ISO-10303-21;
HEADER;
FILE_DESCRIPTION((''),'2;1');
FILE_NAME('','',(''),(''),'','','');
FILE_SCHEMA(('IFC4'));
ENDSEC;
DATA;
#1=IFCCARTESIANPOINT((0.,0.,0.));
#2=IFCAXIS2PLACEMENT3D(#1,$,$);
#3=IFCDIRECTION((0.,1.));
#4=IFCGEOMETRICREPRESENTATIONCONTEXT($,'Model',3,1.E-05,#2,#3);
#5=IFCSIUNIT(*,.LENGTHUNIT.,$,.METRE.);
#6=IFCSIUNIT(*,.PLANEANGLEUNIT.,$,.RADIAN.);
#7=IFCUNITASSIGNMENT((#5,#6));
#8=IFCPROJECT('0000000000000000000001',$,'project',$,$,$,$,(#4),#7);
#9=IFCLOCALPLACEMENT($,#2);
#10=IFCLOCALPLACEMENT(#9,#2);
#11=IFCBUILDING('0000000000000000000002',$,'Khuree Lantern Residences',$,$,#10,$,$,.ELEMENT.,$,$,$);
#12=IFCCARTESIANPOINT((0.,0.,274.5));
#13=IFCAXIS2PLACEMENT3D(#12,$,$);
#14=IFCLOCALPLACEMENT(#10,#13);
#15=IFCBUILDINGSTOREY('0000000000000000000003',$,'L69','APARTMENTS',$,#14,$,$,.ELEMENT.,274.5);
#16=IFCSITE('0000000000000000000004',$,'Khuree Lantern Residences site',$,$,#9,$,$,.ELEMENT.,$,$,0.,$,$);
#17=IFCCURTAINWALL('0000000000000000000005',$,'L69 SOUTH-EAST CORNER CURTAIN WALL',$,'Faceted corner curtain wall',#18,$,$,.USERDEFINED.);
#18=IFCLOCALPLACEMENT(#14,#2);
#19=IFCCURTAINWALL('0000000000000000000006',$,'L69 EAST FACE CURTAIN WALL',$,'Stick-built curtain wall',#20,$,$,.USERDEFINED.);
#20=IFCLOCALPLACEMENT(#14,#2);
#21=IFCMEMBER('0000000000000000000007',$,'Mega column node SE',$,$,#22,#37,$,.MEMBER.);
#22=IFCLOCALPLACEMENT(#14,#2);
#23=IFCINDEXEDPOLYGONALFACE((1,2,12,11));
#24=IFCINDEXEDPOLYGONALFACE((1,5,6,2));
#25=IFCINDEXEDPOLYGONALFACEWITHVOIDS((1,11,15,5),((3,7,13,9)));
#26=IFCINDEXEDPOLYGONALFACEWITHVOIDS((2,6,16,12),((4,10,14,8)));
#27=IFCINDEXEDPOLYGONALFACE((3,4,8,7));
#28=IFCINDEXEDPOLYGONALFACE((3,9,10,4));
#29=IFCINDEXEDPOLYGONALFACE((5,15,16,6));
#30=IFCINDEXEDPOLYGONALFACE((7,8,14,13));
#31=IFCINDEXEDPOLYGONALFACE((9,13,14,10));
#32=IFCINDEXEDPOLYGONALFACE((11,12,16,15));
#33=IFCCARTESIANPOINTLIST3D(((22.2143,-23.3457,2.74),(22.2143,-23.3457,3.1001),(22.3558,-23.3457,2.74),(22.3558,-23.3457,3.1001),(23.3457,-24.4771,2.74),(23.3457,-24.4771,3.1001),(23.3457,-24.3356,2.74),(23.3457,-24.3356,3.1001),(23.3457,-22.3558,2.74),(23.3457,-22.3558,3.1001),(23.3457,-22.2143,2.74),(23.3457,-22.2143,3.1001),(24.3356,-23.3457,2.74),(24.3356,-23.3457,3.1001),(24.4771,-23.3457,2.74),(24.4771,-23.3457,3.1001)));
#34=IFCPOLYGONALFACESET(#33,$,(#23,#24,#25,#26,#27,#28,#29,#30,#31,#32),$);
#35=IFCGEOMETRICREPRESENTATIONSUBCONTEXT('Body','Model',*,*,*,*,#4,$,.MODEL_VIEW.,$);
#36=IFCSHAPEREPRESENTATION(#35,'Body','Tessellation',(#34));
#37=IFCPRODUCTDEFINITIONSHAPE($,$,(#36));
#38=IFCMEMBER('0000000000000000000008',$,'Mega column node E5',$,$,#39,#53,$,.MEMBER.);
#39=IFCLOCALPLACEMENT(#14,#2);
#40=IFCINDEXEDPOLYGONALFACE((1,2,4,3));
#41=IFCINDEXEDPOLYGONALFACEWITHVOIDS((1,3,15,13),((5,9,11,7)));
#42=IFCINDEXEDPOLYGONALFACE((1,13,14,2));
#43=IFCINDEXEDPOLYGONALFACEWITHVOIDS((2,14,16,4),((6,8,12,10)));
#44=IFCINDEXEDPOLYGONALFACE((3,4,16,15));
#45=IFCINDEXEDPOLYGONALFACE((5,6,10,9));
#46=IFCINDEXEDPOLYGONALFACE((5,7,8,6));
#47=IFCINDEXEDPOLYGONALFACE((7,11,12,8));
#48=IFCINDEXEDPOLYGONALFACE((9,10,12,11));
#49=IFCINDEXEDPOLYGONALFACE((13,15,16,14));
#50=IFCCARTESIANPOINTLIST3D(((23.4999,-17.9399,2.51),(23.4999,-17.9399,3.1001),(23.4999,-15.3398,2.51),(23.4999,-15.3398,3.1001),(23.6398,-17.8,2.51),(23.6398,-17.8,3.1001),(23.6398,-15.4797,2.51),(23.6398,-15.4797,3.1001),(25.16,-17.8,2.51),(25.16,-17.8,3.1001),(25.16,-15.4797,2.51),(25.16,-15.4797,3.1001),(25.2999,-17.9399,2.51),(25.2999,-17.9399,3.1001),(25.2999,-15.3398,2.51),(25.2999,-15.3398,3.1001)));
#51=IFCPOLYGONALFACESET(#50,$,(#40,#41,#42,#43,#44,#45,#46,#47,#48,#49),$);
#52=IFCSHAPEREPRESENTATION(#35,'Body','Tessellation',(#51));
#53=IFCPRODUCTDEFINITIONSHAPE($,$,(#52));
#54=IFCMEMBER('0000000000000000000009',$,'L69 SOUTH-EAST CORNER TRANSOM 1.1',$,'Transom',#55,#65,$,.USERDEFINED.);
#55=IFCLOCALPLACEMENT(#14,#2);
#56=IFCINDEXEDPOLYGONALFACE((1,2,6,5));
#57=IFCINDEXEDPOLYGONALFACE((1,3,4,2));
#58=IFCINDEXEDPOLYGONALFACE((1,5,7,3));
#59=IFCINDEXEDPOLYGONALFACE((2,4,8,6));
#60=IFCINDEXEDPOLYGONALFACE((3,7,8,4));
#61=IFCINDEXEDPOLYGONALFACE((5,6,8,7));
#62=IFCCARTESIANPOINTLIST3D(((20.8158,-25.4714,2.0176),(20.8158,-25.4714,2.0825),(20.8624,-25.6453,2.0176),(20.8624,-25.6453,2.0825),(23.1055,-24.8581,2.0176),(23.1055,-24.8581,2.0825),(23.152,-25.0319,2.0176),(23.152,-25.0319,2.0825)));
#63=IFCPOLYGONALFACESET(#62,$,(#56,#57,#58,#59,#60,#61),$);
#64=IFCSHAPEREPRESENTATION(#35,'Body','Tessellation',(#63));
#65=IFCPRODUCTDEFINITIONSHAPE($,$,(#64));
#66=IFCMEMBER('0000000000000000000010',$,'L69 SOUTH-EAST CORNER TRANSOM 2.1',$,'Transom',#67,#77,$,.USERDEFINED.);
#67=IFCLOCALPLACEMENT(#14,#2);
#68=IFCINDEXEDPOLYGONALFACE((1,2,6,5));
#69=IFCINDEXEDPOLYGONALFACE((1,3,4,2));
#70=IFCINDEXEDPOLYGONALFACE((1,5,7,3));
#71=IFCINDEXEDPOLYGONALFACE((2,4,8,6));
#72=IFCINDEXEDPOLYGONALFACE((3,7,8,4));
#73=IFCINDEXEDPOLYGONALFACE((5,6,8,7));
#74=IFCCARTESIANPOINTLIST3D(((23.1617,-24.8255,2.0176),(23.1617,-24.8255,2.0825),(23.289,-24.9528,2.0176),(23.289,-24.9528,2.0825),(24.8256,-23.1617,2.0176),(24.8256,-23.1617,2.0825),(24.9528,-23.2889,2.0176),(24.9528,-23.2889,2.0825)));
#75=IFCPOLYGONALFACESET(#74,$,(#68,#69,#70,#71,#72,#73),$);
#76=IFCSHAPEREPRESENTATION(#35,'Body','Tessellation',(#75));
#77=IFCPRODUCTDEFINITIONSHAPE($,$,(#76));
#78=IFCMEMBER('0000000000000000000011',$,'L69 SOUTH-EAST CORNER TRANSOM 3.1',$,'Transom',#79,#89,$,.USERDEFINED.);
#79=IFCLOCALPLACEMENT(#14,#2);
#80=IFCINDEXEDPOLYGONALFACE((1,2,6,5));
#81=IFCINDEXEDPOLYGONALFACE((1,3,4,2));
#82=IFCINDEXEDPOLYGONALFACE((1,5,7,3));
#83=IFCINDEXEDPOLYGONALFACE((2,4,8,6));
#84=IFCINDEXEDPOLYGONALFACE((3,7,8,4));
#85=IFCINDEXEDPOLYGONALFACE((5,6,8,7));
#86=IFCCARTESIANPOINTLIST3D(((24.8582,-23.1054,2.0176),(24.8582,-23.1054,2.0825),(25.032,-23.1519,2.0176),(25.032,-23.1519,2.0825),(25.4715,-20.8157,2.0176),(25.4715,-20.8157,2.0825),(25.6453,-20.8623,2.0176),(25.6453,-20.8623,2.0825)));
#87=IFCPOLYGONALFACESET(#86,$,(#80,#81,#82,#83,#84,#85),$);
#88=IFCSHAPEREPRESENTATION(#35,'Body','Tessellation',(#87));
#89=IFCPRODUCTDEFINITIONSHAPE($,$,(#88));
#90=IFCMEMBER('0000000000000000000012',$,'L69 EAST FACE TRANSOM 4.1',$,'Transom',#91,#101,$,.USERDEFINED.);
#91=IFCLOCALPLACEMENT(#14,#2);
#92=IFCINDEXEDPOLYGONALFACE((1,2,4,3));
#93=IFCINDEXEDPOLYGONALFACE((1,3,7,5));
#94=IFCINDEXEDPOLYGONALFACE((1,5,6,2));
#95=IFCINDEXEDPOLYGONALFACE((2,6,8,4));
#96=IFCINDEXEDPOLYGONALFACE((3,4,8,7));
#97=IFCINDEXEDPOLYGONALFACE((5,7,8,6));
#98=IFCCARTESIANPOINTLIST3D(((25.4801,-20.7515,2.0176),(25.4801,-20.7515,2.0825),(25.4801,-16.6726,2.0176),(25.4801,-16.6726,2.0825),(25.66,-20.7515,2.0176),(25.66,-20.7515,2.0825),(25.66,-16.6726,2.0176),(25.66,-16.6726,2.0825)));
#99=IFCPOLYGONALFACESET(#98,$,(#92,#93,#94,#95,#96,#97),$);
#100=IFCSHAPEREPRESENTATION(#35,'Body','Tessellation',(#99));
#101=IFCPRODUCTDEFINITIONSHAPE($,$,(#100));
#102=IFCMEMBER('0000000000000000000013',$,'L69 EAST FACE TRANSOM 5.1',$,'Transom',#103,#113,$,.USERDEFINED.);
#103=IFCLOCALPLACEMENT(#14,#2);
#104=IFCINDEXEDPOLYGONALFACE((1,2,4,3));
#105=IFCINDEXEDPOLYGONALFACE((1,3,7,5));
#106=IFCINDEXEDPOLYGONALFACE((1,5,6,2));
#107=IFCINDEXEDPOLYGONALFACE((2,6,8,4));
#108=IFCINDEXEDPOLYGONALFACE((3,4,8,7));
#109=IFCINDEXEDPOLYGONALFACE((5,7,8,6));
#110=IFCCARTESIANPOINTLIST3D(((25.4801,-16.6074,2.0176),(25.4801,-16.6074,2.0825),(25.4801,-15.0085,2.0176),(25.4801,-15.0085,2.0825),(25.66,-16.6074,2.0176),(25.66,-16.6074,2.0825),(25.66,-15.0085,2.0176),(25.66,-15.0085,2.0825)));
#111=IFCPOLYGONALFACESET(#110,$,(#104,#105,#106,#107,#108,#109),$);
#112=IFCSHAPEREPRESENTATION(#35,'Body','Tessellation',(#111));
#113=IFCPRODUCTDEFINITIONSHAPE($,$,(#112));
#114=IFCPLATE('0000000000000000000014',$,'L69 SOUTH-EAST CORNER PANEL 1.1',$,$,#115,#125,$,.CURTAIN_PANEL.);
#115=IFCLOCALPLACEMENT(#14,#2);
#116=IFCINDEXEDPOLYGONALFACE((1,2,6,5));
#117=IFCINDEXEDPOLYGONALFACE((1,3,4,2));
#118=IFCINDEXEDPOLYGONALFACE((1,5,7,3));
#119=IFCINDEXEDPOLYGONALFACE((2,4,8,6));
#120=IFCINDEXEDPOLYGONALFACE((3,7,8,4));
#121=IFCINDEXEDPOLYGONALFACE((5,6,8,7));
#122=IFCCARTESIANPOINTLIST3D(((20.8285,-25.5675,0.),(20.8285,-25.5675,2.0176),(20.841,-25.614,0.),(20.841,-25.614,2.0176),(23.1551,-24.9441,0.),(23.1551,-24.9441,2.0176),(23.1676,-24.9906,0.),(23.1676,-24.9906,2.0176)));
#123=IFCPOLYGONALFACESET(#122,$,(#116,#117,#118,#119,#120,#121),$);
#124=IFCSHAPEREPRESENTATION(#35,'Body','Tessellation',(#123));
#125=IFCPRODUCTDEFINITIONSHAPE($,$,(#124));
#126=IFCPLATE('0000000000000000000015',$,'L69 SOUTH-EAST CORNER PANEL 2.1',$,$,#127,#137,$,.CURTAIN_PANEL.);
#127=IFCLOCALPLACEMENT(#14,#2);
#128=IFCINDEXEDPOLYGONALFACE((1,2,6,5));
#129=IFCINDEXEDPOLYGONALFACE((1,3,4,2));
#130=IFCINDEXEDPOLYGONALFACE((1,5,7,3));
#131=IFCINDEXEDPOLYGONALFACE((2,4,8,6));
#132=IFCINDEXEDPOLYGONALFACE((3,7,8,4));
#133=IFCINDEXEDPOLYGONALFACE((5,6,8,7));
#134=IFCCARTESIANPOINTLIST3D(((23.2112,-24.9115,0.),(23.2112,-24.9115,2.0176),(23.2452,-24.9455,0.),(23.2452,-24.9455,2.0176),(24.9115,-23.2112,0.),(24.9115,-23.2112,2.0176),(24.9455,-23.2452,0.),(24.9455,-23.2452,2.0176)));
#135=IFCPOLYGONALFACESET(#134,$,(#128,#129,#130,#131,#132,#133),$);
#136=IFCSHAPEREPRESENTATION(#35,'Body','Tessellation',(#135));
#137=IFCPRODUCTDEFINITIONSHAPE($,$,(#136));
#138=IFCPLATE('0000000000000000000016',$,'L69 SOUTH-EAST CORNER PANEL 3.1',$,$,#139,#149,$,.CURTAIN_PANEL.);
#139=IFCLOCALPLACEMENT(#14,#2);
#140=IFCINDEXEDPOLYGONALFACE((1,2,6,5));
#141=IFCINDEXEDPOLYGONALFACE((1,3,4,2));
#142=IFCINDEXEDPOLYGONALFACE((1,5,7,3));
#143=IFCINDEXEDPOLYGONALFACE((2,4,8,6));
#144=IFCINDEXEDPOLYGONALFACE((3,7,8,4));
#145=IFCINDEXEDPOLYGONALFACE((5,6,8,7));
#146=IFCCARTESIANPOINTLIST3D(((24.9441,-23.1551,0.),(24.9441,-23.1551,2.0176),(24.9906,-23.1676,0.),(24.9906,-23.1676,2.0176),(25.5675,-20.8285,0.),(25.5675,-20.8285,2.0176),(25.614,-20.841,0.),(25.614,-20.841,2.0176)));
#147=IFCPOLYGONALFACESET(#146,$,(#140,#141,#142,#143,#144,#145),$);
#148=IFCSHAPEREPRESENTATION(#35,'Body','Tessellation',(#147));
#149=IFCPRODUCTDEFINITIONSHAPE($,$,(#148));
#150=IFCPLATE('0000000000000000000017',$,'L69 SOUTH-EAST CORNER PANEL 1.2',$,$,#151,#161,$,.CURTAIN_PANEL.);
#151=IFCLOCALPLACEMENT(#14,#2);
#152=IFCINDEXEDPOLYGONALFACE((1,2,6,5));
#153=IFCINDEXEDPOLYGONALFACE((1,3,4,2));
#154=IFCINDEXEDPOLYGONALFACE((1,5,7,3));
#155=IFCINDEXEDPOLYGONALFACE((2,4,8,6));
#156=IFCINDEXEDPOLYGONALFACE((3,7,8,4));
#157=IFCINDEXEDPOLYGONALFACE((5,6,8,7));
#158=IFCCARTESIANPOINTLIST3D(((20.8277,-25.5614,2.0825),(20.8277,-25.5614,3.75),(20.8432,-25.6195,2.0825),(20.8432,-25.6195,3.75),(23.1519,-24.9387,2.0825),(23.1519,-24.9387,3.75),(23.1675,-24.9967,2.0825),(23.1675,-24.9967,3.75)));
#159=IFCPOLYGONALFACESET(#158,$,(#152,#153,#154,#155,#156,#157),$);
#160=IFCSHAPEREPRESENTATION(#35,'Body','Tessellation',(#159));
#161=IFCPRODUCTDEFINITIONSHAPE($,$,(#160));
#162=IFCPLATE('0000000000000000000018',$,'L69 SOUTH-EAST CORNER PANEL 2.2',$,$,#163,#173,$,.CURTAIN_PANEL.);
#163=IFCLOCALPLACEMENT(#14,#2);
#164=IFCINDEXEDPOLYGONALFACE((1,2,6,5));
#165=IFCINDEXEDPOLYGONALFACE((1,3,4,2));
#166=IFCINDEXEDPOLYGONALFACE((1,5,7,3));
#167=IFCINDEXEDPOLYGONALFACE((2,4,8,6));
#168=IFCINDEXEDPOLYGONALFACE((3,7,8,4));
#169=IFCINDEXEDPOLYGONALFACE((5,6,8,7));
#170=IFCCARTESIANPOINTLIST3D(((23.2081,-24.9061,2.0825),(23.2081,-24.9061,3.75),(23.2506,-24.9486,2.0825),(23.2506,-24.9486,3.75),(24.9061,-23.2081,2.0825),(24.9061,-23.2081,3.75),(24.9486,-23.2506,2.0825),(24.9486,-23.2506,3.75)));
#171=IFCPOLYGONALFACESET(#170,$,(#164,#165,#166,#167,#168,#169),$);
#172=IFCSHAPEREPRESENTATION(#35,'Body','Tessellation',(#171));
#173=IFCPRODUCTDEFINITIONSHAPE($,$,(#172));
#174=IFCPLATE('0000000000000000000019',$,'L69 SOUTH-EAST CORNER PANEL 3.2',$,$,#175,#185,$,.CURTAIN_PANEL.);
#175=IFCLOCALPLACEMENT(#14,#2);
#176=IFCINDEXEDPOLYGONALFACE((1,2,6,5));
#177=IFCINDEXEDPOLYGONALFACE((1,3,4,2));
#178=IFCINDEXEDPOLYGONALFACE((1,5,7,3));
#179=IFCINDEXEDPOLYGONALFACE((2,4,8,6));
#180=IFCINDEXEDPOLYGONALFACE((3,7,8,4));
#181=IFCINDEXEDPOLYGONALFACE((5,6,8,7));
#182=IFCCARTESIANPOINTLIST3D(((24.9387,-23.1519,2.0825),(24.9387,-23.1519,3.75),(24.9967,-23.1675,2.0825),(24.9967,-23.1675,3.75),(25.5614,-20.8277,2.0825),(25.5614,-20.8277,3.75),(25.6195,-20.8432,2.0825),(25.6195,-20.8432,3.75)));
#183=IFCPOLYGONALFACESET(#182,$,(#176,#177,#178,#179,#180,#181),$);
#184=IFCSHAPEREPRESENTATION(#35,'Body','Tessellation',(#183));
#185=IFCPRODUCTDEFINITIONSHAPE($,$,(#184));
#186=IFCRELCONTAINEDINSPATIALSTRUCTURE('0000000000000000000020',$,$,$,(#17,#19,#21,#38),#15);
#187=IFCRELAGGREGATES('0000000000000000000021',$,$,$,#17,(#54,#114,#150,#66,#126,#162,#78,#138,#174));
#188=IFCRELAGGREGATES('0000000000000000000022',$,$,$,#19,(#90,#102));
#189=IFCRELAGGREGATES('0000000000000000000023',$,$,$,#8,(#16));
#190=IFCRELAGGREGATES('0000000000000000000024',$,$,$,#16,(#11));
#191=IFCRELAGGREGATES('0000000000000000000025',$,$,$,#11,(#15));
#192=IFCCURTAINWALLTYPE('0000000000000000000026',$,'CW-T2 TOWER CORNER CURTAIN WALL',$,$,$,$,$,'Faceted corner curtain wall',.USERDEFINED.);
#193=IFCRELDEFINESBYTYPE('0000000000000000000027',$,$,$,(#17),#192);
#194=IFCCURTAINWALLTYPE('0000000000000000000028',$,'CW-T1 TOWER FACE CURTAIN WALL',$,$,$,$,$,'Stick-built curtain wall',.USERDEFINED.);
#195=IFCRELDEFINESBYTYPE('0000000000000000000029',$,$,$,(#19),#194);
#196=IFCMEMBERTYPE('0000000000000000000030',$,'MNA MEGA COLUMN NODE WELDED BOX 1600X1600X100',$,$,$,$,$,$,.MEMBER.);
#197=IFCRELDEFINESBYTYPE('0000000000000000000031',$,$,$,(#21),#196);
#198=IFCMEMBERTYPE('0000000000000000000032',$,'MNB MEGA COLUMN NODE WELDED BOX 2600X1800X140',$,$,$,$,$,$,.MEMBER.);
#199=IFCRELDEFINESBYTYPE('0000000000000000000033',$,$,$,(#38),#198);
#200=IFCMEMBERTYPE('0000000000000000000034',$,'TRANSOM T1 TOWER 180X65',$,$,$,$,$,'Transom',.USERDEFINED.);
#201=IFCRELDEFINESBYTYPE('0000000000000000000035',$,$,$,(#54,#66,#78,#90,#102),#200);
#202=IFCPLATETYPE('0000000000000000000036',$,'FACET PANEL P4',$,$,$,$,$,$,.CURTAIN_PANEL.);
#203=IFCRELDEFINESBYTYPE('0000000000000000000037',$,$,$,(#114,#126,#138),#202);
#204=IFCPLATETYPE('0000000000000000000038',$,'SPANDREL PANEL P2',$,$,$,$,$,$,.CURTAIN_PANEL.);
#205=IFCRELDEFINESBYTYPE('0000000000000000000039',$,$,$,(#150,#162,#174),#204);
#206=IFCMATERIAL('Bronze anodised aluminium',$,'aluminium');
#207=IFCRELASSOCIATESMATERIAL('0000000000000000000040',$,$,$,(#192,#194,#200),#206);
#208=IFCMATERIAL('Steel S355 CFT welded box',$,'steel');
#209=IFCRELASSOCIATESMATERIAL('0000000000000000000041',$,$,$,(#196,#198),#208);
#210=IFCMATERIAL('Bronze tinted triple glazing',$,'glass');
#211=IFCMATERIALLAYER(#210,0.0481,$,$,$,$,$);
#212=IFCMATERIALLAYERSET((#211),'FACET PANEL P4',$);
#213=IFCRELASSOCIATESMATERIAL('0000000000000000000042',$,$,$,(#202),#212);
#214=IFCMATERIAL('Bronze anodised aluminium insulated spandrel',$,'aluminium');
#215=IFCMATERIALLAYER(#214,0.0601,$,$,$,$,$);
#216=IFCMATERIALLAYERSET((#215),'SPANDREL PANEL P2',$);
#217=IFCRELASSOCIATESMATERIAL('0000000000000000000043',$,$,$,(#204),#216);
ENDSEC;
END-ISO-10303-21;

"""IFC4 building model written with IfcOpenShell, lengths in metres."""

from ifc_helpers import new_model, si_unit, direction, frame, origin, origin_2d, place, context, subcontext, project, spatial, rectangle, hollow_rectangle, extrude, material, layer, layer_set, material_profile, profile_set, type_object, element, aggregate, save


model = new_model("IFC4")

# Units and contexts
model_context = context("Model", 3, precision=1e-05, world=origin(), true_north=direction((0.0, 1.0)))
body_context = subcontext(model_context, "Body", "Model", "MODEL_VIEW")
ifc_project = project(units=[si_unit("LENGTHUNIT", "METRE"), si_unit("PLANEANGLEUNIT", "RADIAN")], contexts=[model_context])

# Site, building, storey
site_placement = place(None, origin())
site = spatial("IfcSite", under=ifc_project, at=site_placement, Name="Khuree Lantern Residences site", CompositionType="ELEMENT", RefElevation=0.0)
building_placement = place(site_placement, origin())
building = spatial("IfcBuilding", under=site, at=building_placement, Name="Khuree Lantern Residences", CompositionType="ELEMENT")
storey_placement = place(building_placement, frame((0.0, 0.0, 274.5)))
storey = spatial("IfcBuildingStorey", under=building, at=storey_placement, Name="L69", Description="APARTMENTS", CompositionType="ELEMENT", Elevation=274.5)

# Shared definitions
ifc_material_1 = material(Name="Steel S355 CFT welded box", Category="steel")

# Curtain walls
ifc_material_2 = material(Name="Bronze anodised aluminium", Category="aluminium")
curtain_wall_type_1 = type_object("IfcCurtainWallType", Name="CW-T2 TOWER CORNER CURTAIN WALL", ElementType="Faceted corner curtain wall", PredefinedType="USERDEFINED", material=ifc_material_2)
curtain_wall_1_placement = place(storey_placement, origin())
curtain_wall_1 = element("IfcCurtainWall", 1, at=curtain_wall_1_placement, inside=storey, type_object=curtain_wall_type_1, Name="L69 SOUTH-EAST CORNER CURTAIN WALL", ObjectType="Faceted corner curtain wall", PredefinedType="USERDEFINED")
curtain_wall_type_2 = type_object("IfcCurtainWallType", Name="CW-T1 TOWER FACE CURTAIN WALL", ElementType="Stick-built curtain wall", PredefinedType="USERDEFINED", material=ifc_material_2)
curtain_wall_2_placement = place(storey_placement, origin())
curtain_wall_2 = element("IfcCurtainWall", 2, at=curtain_wall_2_placement, inside=storey, type_object=curtain_wall_type_2, Name="L69 EAST FACE CURTAIN WALL", ObjectType="Stick-built curtain wall", PredefinedType="USERDEFINED")

# Members
ifc_material_profile_1 = material_profile(ifc_material_1, hollow_rectangle(XDim=1.6001, YDim=1.6001, WallThickness=0.1001, at=origin_2d()), Name="WELDED BOX 1600X1600X100")
ifc_profile_set_1 = profile_set([ifc_material_profile_1], Name="Steel S355 CFT welded box")
member_type_1 = type_object("IfcMemberType", Name="MNA MEGA COLUMN NODE WELDED BOX 1600X1600X100", PredefinedType="MEMBER", material=ifc_profile_set_1)
member_1_placement = place(storey_placement, frame((23.3457, -23.3457, 2.74), z_axis=(0.0, 0.0, 1.0), x_axis=(0.707107, 0.707107, 0.0)))
element("IfcMember", 3, at=member_1_placement, inside=storey, type_object=member_type_1, Name="Mega column node SE", PredefinedType="MEMBER", context=body_context, shape_type="SweptSolid", body=[
    extrude(hollow_rectangle(XDim=1.6001, YDim=1.6001, WallThickness=0.1001, at=origin_2d()), origin(), (0.0, 0.0, 1.0), 0.3601),
])
ifc_material_profile_2 = material_profile(ifc_material_1, hollow_rectangle(XDim=2.6001, YDim=1.8, WallThickness=0.1399, at=origin_2d()), Name="WELDED BOX 2600X1800X140")
ifc_profile_set_2 = profile_set([ifc_material_profile_2], Name="Steel S355 CFT welded box")
member_type_2 = type_object("IfcMemberType", Name="MNB MEGA COLUMN NODE WELDED BOX 2600X1800X140", PredefinedType="MEMBER", material=ifc_profile_set_2)
member_2_placement = place(storey_placement, frame((24.3999, -16.6399, 2.51), z_axis=(0.0, 0.0, 1.0), x_axis=(0.0, 1.0, 0.0)))
element("IfcMember", 4, at=member_2_placement, inside=storey, type_object=member_type_2, Name="Mega column node E5", PredefinedType="MEMBER", context=body_context, shape_type="SweptSolid", body=[
    extrude(hollow_rectangle(XDim=2.6001, YDim=1.8, WallThickness=0.1399, at=origin_2d()), origin(), (0.0, 0.0, 1.0), 0.5901),
])

# Members
ifc_material_profile_3 = material_profile(ifc_material_2, rectangle(XDim=0.1799, YDim=0.0649, at=origin_2d()), Name="T1 180X65")
ifc_profile_set_3 = profile_set([ifc_material_profile_3], Name="Bronze anodised aluminium")
member_type_3 = type_object("IfcMemberType", Name="TRANSOM T1 TOWER 180X65", ElementType="Transom", PredefinedType="USERDEFINED", material=ifc_profile_set_3)
member_3_placement = place(storey_placement, frame((20.8391, -25.5583, 2.05), z_axis=(0.965947, 0.25874, 0.0), x_axis=(-0.25874, 0.965947, 0.0)))
member_3 = element("IfcMember", 5, at=member_3_placement, type_object=member_type_3, Name="L69 SOUTH-EAST CORNER TRANSOM 1.1", ObjectType="Transom", PredefinedType="USERDEFINED", context=body_context, shape_type="SweptSolid", body=[
    extrude(rectangle(XDim=0.1799, YDim=0.0649, at=origin_2d()), origin(), (0.0, 0.0, 1.0), 2.3704),
])
member_4_placement = place(storey_placement, frame((23.2253, -24.8892, 2.05), z_axis=(0.707107, 0.707107, 0.0), x_axis=(-0.707107, 0.707107, 0.0)))
member_4 = element("IfcMember", 6, at=member_4_placement, type_object=member_type_3, Name="L69 SOUTH-EAST CORNER TRANSOM 2.1", ObjectType="Transom", PredefinedType="USERDEFINED", context=body_context, shape_type="SweptSolid", body=[
    extrude(rectangle(XDim=0.1799, YDim=0.0649, at=origin_2d()), origin(), (0.0, 0.0, 1.0), 2.353),
])
member_5_placement = place(storey_placement, frame((24.9451, -23.1287, 2.05), z_axis=(0.25874, 0.965947, 0.0), x_axis=(-0.965947, 0.25874, 0.0)))
member_5 = element("IfcMember", 7, at=member_5_placement, type_object=member_type_3, Name="L69 SOUTH-EAST CORNER TRANSOM 3.1", ObjectType="Transom", PredefinedType="USERDEFINED", context=body_context, shape_type="SweptSolid", body=[
    extrude(rectangle(XDim=0.1799, YDim=0.0649, at=origin_2d()), origin(), (0.0, 0.0, 1.0), 2.3704),
])
member_6_placement = place(storey_placement, frame((25.5701, -20.7515, 2.05), z_axis=(0.0, 1.0, 0.0), x_axis=(-1.0, 0.0, 0.0)))
member_6 = element("IfcMember", 8, at=member_6_placement, type_object=member_type_3, Name="L69 EAST FACE TRANSOM 4.1", ObjectType="Transom", PredefinedType="USERDEFINED", context=body_context, shape_type="SweptSolid", body=[
    extrude(rectangle(XDim=0.1799, YDim=0.0649, at=origin_2d()), origin(), (0.0, 0.0, 1.0), 4.0789),
])
member_7_placement = place(storey_placement, frame((25.5701, -16.6074, 2.05), z_axis=(0.0, 1.0, 0.0), x_axis=(-1.0, 0.0, 0.0)))
member_7 = element("IfcMember", 9, at=member_7_placement, type_object=member_type_3, Name="L69 EAST FACE TRANSOM 5.1", ObjectType="Transom", PredefinedType="USERDEFINED", context=body_context, shape_type="SweptSolid", body=[
    extrude(rectangle(XDim=0.1799, YDim=0.0649, at=origin_2d()), origin(), (0.0, 0.0, 1.0), 1.5989),
])

# Plates
ifc_material_3 = material(Name="Bronze tinted triple glazing", Category="glass")
ifc_layer_1 = layer(ifc_material_3, 0.0481)
ifc_layer_set_1 = layer_set([ifc_layer_1], Name="FACET PANEL P4")
plate_type_1 = type_object("IfcPlateType", Name="FACET PANEL P4", PredefinedType="CURTAIN_PANEL", material=ifc_layer_set_1)
plate_1_placement = place(storey_placement, frame((21.998, -25.2791, 0.0), z_axis=(0.0, 0.0, 1.0), x_axis=(0.965926, 0.258819, 0.0)))
plate_1 = element("IfcPlate", 10, at=plate_1_placement, type_object=plate_type_1, Name="L69 SOUTH-EAST CORNER PANEL 1.1", PredefinedType="CURTAIN_PANEL", context=body_context, shape_type="SweptSolid", body=[
    extrude(rectangle(XDim=2.4087, YDim=0.0481, at=origin_2d()), origin(), (0.0, 0.0, 1.0), 2.0176),
])
plate_2_placement = place(storey_placement, frame((24.0784, -24.0784, 0.0), z_axis=(0.0, 0.0, 1.0), x_axis=(0.707107, 0.707107, 0.0)))
plate_2 = element("IfcPlate", 11, at=plate_2_placement, type_object=plate_type_1, Name="L69 SOUTH-EAST CORNER PANEL 2.1", PredefinedType="CURTAIN_PANEL", context=body_context, shape_type="SweptSolid", body=[
    extrude(rectangle(XDim=2.4045, YDim=0.0481, at=origin_2d()), origin(), (0.0, 0.0, 1.0), 2.0176),
])
plate_3_placement = place(storey_placement, frame((25.2791, -21.998, 0.0), z_axis=(0.0, 0.0, 1.0), x_axis=(0.258819, 0.965926, 0.0)))
plate_3 = element("IfcPlate", 12, at=plate_3_placement, type_object=plate_type_1, Name="L69 SOUTH-EAST CORNER PANEL 3.1", PredefinedType="CURTAIN_PANEL", context=body_context, shape_type="SweptSolid", body=[
    extrude(rectangle(XDim=2.4087, YDim=0.0481, at=origin_2d()), origin(), (0.0, 0.0, 1.0), 2.0176),
])
ifc_material_4 = material(Name="Bronze anodised aluminium insulated spandrel", Category="aluminium")
ifc_layer_2 = layer(ifc_material_4, 0.0601)
ifc_layer_set_2 = layer_set([ifc_layer_2], Name="SPANDREL PANEL P2")
plate_type_2 = type_object("IfcPlateType", Name="SPANDREL PANEL P2", PredefinedType="CURTAIN_PANEL", material=ifc_layer_set_2)
plate_4_placement = place(storey_placement, frame((21.9976, -25.2791, 2.0825), z_axis=(0.0, 0.0, 1.0), x_axis=(0.965926, 0.258819, 0.0)))
plate_4 = element("IfcPlate", 13, at=plate_4_placement, type_object=plate_type_2, Name="L69 SOUTH-EAST CORNER PANEL 1.2", PredefinedType="CURTAIN_PANEL", context=body_context, shape_type="SweptSolid", body=[
    extrude(rectangle(XDim=2.4062, YDim=0.0601, at=origin_2d()), origin(), (0.0, 0.0, 1.0), 1.6675),
])
plate_5_placement = place(storey_placement, frame((24.0784, -24.0784, 2.0825), z_axis=(0.0, 0.0, 1.0), x_axis=(0.707107, 0.707107, 0.0)))
plate_5 = element("IfcPlate", 14, at=plate_5_placement, type_object=plate_type_2, Name="L69 SOUTH-EAST CORNER PANEL 2.2", PredefinedType="CURTAIN_PANEL", context=body_context, shape_type="SweptSolid", body=[
    extrude(rectangle(XDim=2.4014, YDim=0.0601, at=origin_2d()), origin(), (0.0, 0.0, 1.0), 1.6675),
])
plate_6_placement = place(storey_placement, frame((25.2791, -21.9976, 2.0825), z_axis=(0.0, 0.0, 1.0), x_axis=(0.258819, 0.965926, 0.0)))
plate_6 = element("IfcPlate", 15, at=plate_6_placement, type_object=plate_type_2, Name="L69 SOUTH-EAST CORNER PANEL 3.2", PredefinedType="CURTAIN_PANEL", context=body_context, shape_type="SweptSolid", body=[
    extrude(rectangle(XDim=2.4062, YDim=0.0601, at=origin_2d()), origin(), (0.0, 0.0, 1.0), 1.6675),
])
aggregate(curtain_wall_1, [member_3, plate_1, plate_4, member_4, plate_2, plate_5, member_5, plate_3, plate_6])

aggregate(curtain_wall_2, [member_6, member_7])

save(model, "model.ifc")
